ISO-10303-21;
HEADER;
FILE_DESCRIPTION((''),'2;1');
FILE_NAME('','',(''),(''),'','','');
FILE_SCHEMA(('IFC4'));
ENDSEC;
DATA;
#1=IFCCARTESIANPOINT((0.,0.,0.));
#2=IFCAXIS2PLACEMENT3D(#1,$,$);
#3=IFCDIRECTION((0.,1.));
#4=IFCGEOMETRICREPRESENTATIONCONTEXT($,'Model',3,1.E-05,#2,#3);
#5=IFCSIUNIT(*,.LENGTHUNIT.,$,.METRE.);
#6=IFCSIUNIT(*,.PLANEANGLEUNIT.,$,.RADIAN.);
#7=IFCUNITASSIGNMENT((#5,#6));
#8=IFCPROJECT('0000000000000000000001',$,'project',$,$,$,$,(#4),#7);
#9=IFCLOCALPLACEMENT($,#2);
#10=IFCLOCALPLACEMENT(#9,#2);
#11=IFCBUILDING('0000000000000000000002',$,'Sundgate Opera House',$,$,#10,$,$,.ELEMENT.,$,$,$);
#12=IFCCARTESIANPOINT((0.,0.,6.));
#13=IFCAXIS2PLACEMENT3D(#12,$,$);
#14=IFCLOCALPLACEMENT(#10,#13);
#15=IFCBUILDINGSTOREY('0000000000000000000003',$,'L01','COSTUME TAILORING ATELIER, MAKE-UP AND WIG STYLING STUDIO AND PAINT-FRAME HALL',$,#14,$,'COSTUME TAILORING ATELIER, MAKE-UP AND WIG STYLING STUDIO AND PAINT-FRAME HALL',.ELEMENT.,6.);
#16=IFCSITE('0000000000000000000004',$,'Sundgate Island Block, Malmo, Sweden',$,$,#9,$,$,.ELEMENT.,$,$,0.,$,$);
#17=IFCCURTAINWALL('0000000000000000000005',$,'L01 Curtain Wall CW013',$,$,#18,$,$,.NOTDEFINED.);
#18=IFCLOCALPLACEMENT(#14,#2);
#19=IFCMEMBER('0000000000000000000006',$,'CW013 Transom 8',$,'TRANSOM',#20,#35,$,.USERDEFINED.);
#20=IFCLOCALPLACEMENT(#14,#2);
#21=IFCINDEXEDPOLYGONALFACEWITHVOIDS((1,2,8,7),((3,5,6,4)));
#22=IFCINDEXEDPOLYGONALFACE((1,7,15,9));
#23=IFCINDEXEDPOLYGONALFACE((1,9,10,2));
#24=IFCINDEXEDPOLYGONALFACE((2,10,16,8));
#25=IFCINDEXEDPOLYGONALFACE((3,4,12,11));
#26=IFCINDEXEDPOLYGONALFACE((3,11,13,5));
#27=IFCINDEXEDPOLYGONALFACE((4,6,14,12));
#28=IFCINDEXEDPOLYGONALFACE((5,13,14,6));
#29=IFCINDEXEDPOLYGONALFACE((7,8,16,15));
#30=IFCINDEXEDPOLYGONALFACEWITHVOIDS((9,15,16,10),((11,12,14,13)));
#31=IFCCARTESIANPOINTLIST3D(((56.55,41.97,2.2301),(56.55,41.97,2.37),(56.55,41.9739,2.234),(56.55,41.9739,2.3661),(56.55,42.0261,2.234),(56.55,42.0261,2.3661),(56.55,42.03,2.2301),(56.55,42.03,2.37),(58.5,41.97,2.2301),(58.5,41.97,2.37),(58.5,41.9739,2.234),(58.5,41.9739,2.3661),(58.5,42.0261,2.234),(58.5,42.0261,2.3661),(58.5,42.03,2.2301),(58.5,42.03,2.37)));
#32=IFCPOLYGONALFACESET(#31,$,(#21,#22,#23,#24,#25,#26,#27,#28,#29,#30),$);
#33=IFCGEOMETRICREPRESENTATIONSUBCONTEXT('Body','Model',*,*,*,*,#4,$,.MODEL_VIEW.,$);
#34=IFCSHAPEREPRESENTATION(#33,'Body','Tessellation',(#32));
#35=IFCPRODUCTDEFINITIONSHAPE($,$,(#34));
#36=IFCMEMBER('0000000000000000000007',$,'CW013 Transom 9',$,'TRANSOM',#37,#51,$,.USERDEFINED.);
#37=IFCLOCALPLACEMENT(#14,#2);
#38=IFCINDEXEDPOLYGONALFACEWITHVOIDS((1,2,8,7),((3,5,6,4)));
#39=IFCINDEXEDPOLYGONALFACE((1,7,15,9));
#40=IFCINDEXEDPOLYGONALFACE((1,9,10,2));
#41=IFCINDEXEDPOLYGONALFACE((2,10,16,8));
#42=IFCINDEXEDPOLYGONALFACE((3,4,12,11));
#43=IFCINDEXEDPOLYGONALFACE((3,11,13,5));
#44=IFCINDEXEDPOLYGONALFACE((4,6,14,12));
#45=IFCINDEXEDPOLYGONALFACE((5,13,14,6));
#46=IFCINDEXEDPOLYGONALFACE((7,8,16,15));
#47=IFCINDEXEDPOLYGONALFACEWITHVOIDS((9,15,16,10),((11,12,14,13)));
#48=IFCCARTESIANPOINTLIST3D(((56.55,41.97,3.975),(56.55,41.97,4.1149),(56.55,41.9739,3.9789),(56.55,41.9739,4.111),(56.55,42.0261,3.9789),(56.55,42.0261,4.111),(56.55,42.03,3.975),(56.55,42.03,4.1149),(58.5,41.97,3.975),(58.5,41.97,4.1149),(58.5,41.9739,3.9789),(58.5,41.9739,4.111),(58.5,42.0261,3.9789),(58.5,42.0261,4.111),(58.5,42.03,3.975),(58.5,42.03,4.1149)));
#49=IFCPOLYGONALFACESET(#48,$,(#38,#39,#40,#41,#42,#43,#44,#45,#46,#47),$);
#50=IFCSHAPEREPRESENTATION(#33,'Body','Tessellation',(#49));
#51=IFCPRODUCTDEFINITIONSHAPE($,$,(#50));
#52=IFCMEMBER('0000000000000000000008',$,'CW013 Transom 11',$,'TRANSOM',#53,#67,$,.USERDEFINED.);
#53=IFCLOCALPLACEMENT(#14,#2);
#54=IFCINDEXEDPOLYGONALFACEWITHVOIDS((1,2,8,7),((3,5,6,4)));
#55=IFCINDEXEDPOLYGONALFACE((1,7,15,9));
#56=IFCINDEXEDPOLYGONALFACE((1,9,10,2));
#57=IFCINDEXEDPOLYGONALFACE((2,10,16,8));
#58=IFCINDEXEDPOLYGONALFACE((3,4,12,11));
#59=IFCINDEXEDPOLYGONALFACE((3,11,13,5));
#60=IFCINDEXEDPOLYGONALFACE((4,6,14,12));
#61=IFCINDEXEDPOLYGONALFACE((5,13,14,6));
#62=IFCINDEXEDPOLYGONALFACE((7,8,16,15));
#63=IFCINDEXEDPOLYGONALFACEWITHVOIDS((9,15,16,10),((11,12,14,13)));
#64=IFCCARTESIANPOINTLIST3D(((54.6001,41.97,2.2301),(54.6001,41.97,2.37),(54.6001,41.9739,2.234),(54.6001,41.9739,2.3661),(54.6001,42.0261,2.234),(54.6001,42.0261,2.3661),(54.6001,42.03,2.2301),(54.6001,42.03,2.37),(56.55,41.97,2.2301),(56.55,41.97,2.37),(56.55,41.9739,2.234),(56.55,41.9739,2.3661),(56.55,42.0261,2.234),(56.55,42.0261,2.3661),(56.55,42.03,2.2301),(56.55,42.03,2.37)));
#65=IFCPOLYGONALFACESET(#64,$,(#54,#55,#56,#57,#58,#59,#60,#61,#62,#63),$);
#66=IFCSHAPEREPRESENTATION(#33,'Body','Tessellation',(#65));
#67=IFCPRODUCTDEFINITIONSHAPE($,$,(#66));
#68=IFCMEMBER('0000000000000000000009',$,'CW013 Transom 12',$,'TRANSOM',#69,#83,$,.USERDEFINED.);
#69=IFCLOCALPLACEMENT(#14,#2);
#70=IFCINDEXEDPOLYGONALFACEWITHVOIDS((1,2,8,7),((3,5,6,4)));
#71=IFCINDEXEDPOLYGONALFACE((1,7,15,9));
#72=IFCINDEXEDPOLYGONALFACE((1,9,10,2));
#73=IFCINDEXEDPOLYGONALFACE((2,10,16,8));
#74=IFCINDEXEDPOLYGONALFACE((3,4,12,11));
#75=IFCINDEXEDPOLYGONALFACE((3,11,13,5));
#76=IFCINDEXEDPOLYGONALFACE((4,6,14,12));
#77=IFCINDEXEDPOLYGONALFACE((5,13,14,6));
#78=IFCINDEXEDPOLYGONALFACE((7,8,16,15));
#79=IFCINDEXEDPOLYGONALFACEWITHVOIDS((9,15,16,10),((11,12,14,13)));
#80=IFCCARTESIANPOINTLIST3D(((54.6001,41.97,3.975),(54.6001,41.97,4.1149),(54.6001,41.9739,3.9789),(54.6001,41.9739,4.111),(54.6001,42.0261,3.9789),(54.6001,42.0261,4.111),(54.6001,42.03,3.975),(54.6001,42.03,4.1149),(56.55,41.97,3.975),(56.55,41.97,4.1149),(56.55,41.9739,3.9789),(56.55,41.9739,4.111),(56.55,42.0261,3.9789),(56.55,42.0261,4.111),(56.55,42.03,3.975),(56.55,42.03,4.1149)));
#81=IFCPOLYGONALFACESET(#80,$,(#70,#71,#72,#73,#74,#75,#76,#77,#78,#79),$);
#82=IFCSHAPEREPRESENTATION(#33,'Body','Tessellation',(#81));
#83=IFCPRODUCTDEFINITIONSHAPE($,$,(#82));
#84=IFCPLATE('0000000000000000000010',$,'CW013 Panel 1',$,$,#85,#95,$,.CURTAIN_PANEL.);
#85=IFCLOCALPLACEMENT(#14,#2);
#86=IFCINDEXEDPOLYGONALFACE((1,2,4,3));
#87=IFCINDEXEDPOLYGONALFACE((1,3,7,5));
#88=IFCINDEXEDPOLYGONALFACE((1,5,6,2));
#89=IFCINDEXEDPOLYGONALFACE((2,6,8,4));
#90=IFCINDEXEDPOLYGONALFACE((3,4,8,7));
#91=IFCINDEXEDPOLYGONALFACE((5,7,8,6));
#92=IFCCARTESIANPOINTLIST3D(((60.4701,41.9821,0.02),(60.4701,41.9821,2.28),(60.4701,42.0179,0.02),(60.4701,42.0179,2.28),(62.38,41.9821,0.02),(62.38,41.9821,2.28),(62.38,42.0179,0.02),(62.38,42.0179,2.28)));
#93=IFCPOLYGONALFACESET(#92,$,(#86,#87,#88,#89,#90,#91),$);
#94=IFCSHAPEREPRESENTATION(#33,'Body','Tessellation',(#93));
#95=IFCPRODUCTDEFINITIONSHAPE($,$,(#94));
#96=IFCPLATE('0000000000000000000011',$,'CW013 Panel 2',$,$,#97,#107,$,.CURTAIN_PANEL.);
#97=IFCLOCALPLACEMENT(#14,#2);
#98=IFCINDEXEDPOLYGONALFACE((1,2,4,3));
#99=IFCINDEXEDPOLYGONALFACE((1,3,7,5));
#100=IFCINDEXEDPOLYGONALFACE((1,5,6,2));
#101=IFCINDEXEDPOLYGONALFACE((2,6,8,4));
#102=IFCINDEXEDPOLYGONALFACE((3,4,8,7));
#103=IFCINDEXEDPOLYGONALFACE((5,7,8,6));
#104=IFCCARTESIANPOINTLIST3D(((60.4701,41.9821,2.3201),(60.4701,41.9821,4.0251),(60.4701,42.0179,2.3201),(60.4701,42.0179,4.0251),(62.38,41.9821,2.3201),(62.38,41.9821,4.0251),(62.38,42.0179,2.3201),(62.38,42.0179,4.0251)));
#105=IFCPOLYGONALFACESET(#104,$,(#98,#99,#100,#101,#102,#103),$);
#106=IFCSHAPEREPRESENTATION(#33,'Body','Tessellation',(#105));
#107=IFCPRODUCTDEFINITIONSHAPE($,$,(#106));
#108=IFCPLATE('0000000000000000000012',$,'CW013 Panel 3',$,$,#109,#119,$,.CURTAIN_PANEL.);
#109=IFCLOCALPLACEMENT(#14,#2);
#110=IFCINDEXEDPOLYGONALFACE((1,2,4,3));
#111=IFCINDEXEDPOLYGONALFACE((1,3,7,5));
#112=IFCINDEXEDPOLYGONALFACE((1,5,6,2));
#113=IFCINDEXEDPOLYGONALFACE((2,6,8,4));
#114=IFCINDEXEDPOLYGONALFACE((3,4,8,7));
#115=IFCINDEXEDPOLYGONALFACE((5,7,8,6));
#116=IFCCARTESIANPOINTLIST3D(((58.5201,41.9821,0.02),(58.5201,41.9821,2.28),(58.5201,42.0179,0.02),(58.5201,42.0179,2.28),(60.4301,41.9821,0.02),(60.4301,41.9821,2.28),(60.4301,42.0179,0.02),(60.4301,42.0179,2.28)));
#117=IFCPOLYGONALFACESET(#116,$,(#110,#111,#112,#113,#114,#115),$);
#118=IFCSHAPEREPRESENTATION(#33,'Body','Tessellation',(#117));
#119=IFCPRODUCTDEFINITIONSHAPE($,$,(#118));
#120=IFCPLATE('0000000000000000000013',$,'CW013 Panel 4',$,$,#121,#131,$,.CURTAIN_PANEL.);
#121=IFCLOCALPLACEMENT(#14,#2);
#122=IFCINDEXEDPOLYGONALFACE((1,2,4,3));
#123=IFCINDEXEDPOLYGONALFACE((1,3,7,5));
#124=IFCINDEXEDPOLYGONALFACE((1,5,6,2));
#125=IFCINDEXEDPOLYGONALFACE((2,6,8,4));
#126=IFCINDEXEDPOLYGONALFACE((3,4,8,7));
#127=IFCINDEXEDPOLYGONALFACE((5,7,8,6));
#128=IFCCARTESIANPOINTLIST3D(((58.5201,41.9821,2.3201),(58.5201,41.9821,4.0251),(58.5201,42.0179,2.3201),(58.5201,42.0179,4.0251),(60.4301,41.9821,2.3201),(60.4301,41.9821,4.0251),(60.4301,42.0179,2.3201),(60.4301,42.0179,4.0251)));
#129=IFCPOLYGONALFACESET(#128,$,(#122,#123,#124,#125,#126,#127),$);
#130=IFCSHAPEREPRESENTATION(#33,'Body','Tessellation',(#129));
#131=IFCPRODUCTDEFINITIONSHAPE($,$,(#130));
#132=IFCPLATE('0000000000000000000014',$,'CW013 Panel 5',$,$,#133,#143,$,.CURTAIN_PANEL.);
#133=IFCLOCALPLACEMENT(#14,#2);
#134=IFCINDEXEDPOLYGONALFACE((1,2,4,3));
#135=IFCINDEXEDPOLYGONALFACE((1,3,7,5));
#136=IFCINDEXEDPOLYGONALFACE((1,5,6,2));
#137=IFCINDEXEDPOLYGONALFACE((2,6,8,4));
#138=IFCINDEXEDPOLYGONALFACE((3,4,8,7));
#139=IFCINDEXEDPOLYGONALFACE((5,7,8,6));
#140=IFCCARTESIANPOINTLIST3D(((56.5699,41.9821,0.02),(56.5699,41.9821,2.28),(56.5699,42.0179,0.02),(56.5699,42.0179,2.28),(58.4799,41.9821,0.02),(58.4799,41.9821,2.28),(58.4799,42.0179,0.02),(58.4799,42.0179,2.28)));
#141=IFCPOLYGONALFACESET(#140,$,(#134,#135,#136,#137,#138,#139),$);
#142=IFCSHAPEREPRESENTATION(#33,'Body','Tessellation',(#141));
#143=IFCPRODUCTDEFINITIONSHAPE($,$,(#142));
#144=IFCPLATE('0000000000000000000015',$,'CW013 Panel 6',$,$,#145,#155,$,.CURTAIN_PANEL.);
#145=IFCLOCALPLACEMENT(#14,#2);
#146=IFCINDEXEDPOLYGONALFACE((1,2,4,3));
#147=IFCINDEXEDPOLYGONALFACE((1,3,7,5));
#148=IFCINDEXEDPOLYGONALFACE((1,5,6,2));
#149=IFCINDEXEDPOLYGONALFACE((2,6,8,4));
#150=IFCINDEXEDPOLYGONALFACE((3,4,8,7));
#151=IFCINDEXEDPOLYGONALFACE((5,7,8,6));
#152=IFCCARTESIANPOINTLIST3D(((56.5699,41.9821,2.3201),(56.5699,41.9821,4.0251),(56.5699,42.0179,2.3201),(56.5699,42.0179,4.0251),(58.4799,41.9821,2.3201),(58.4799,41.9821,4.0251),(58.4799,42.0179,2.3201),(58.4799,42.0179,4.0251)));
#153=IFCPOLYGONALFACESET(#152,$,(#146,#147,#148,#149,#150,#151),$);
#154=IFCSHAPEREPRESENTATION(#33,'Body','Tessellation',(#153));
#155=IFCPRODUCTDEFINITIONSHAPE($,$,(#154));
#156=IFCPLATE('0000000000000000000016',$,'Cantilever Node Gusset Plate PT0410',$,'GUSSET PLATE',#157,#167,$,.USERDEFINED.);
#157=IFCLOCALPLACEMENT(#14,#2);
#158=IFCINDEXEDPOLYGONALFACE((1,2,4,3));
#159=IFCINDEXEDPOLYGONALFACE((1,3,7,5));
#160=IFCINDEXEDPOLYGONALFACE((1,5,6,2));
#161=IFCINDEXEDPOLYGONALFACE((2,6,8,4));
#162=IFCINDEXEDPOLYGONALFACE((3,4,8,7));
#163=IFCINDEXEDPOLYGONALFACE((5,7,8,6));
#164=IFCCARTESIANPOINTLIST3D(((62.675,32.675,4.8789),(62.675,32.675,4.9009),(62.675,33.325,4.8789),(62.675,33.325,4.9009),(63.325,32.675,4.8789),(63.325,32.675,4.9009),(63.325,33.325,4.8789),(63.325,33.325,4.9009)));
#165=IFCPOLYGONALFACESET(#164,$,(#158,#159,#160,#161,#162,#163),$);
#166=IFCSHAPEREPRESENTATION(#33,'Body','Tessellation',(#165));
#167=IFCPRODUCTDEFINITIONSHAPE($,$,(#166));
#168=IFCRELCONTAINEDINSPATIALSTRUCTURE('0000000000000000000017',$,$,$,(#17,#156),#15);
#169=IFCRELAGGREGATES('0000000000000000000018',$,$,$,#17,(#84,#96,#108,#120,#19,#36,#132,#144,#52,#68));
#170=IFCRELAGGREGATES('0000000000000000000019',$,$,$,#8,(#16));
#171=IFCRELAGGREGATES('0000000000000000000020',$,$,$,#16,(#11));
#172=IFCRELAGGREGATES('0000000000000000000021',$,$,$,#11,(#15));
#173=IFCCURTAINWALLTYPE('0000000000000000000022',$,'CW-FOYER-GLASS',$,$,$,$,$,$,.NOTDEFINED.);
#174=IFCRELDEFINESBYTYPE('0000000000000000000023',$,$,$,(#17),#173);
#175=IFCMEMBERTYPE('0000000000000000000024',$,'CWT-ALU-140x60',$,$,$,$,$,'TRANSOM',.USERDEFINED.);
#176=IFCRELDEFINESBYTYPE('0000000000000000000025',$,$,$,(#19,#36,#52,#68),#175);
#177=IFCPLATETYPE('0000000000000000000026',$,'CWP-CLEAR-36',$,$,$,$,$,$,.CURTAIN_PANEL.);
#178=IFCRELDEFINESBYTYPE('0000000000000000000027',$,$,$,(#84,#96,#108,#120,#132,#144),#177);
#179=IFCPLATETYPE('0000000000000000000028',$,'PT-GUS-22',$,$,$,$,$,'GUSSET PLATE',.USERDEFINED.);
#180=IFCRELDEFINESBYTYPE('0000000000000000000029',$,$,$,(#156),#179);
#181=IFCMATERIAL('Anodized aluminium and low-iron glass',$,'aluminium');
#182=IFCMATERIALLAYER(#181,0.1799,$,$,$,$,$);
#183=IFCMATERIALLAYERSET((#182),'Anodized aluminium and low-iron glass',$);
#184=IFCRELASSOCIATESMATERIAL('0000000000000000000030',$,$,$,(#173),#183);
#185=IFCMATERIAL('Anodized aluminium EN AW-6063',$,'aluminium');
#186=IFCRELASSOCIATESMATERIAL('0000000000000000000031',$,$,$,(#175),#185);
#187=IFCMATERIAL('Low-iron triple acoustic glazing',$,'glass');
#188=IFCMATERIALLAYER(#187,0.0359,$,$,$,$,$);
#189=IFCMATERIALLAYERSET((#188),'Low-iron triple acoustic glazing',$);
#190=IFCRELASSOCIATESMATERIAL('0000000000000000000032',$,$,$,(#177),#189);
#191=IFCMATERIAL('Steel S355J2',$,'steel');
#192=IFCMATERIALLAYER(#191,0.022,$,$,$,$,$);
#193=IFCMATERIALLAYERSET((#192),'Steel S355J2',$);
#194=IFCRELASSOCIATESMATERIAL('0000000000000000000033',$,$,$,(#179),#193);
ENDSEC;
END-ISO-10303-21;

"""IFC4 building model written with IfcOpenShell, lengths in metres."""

from ifc_helpers import new_model, si_unit, direction, frame, origin, origin_2d, place, context, subcontext, project, spatial, rectangle, hollow_rectangle, extrude, material, layer, layer_set, material_profile, profile_set, type_object, element, aggregate, save


model = new_model("IFC4")

# Units and contexts
model_context = context("Model", 3, precision=1e-05, world=origin(), true_north=direction((0.0, 1.0)))
body_context = subcontext(model_context, "Body", "Model", "MODEL_VIEW")
ifc_project = project(units=[si_unit("LENGTHUNIT", "METRE"), si_unit("PLANEANGLEUNIT", "RADIAN")], contexts=[model_context])

# Site, building, storey
site_placement = place(None, origin())
site = spatial("IfcSite", under=ifc_project, at=site_placement, Name="Sundgate Island Block, Malmo, Sweden", CompositionType="ELEMENT", RefElevation=0.0)
building_placement = place(site_placement, origin())
building = spatial("IfcBuilding", under=site, at=building_placement, Name="Sundgate Opera House", CompositionType="ELEMENT")
storey_placement = place(building_placement, frame((0.0, 0.0, 6.0)))
storey = spatial("IfcBuildingStorey", under=building, at=storey_placement, Name="L01", Description="COSTUME TAILORING ATELIER, MAKE-UP AND WIG STYLING STUDIO AND PAINT-FRAME HALL", LongName="COSTUME TAILORING ATELIER, MAKE-UP AND WIG STYLING STUDIO AND PAINT-FRAME HALL", CompositionType="ELEMENT", Elevation=6.0)

# Curtain wall, members, plates
ifc_material_1 = material(Name="Anodized aluminium and low-iron glass", Category="aluminium")
ifc_layer_1 = layer(ifc_material_1, 0.1799)
ifc_layer_set_1 = layer_set([ifc_layer_1], Name="Anodized aluminium and low-iron glass")
curtain_wall_type = type_object("IfcCurtainWallType", Name="CW-FOYER-GLASS", PredefinedType="NOTDEFINED", material=ifc_layer_set_1)
curtain_wall_placement = place(storey_placement, origin())
curtain_wall = element("IfcCurtainWall", 1, at=curtain_wall_placement, inside=storey, type_object=curtain_wall_type, Name="L01 Curtain Wall CW013", PredefinedType="NOTDEFINED")
ifc_material_2 = material(Name="Anodized aluminium EN AW-6063", Category="aluminium")
ifc_material_profile_1 = material_profile(ifc_material_2, hollow_rectangle(XDim=0.0601, YDim=0.1399, WallThickness=0.0039, at=origin_2d()), Name="CWT 140x60x4")
ifc_profile_set_1 = profile_set([ifc_material_profile_1], Name="Anodized aluminium EN AW-6063")
member_type_1 = type_object("IfcMemberType", Name="CWT-ALU-140x60", ElementType="TRANSOM", PredefinedType="USERDEFINED", material=ifc_profile_set_1)
member_1_placement = place(storey_placement, frame((58.5, 42.0, 2.3), z_axis=(-1.0, 0.0, 0.0), x_axis=(0.0, -1.0, 0.0)))
member_1 = element("IfcMember", 2, at=member_1_placement, type_object=member_type_1, Name="CW013 Transom 8", ObjectType="TRANSOM", PredefinedType="USERDEFINED", context=body_context, shape_type="SweptSolid", body=[
    extrude(hollow_rectangle(XDim=0.0601, YDim=0.1399, WallThickness=0.0039, at=origin_2d()), origin(), (0.0, 0.0, 1.0), 1.95),
])
member_2_placement = place(storey_placement, frame((58.5, 42.0, 4.0449), z_axis=(-1.0, 0.0, 0.0), x_axis=(0.0, -1.0, 0.0)))
member_2 = element("IfcMember", 3, at=member_2_placement, type_object=member_type_1, Name="CW013 Transom 9", ObjectType="TRANSOM", PredefinedType="USERDEFINED", context=body_context, shape_type="SweptSolid", body=[
    extrude(hollow_rectangle(XDim=0.0601, YDim=0.1399, WallThickness=0.0039, at=origin_2d()), origin(), (0.0, 0.0, 1.0), 1.95),
])
member_3_placement = place(storey_placement, frame((56.55, 42.0, 2.3), z_axis=(-1.0, 0.0, 0.0), x_axis=(0.0, -1.0, 0.0)))
member_3 = element("IfcMember", 4, at=member_3_placement, type_object=member_type_1, Name="CW013 Transom 11", ObjectType="TRANSOM", PredefinedType="USERDEFINED", context=body_context, shape_type="SweptSolid", body=[
    extrude(hollow_rectangle(XDim=0.0601, YDim=0.1399, WallThickness=0.0039, at=origin_2d()), origin(), (0.0, 0.0, 1.0), 1.95),
])
member_4_placement = place(storey_placement, frame((56.55, 42.0, 4.0449), z_axis=(-1.0, 0.0, 0.0), x_axis=(0.0, -1.0, 0.0)))
member_4 = element("IfcMember", 5, at=member_4_placement, type_object=member_type_1, Name="CW013 Transom 12", ObjectType="TRANSOM", PredefinedType="USERDEFINED", context=body_context, shape_type="SweptSolid", body=[
    extrude(hollow_rectangle(XDim=0.0601, YDim=0.1399, WallThickness=0.0039, at=origin_2d()), origin(), (0.0, 0.0, 1.0), 1.95),
])
ifc_material_3 = material(Name="Low-iron triple acoustic glazing", Category="glass")
ifc_layer_2 = layer(ifc_material_3, 0.0359)
ifc_layer_set_2 = layer_set([ifc_layer_2], Name="Low-iron triple acoustic glazing")
plate_type_1 = type_object("IfcPlateType", Name="CWP-CLEAR-36", PredefinedType="CURTAIN_PANEL", material=ifc_layer_set_2)
plate_1_placement = place(storey_placement, frame((61.425, 42.0, 0.02), z_axis=(0.0, 0.0, 1.0), x_axis=(-1.0, 0.0, 0.0)))
plate_1 = element("IfcPlate", 6, at=plate_1_placement, type_object=plate_type_1, Name="CW013 Panel 1", PredefinedType="CURTAIN_PANEL", context=body_context, shape_type="SweptSolid", body=[
    extrude(rectangle(XDim=1.9099, YDim=0.0359, at=origin_2d()), origin(), (0.0, 0.0, 1.0), 2.26),
])
plate_2_placement = place(storey_placement, frame((61.425, 42.0, 2.3201), z_axis=(0.0, 0.0, 1.0), x_axis=(-1.0, 0.0, 0.0)))
plate_2 = element("IfcPlate", 7, at=plate_2_placement, type_object=plate_type_1, Name="CW013 Panel 2", PredefinedType="CURTAIN_PANEL", context=body_context, shape_type="SweptSolid", body=[
    extrude(rectangle(XDim=1.9099, YDim=0.0359, at=origin_2d()), origin(), (0.0, 0.0, 1.0), 1.7051),
])
plate_3_placement = place(storey_placement, frame((59.4751, 42.0, 0.02), z_axis=(0.0, 0.0, 1.0), x_axis=(-1.0, 0.0, 0.0)))
plate_3 = element("IfcPlate", 8, at=plate_3_placement, type_object=plate_type_1, Name="CW013 Panel 3", PredefinedType="CURTAIN_PANEL", context=body_context, shape_type="SweptSolid", body=[
    extrude(rectangle(XDim=1.9099, YDim=0.0359, at=origin_2d()), origin(), (0.0, 0.0, 1.0), 2.26),
])
plate_4_placement = place(storey_placement, frame((59.4751, 42.0, 2.3201), z_axis=(0.0, 0.0, 1.0), x_axis=(-1.0, 0.0, 0.0)))
plate_4 = element("IfcPlate", 9, at=plate_4_placement, type_object=plate_type_1, Name="CW013 Panel 4", PredefinedType="CURTAIN_PANEL", context=body_context, shape_type="SweptSolid", body=[
    extrude(rectangle(XDim=1.9099, YDim=0.0359, at=origin_2d()), origin(), (0.0, 0.0, 1.0), 1.7051),
])
plate_5_placement = place(storey_placement, frame((57.5249, 42.0, 0.02), z_axis=(0.0, 0.0, 1.0), x_axis=(-1.0, 0.0, 0.0)))
plate_5 = element("IfcPlate", 10, at=plate_5_placement, type_object=plate_type_1, Name="CW013 Panel 5", PredefinedType="CURTAIN_PANEL", context=body_context, shape_type="SweptSolid", body=[
    extrude(rectangle(XDim=1.9099, YDim=0.0359, at=origin_2d()), origin(), (0.0, 0.0, 1.0), 2.26),
])
plate_6_placement = place(storey_placement, frame((57.5249, 42.0, 2.3201), z_axis=(0.0, 0.0, 1.0), x_axis=(-1.0, 0.0, 0.0)))
plate_6 = element("IfcPlate", 11, at=plate_6_placement, type_object=plate_type_1, Name="CW013 Panel 6", PredefinedType="CURTAIN_PANEL", context=body_context, shape_type="SweptSolid", body=[
    extrude(rectangle(XDim=1.9099, YDim=0.0359, at=origin_2d()), origin(), (0.0, 0.0, 1.0), 1.7051),
])
aggregate(curtain_wall, [plate_1, plate_2, plate_3, plate_4, member_1, member_2, plate_5, plate_6, member_3, member_4])

# Plate
ifc_material_4 = material(Name="Steel S355J2", Category="steel")
ifc_layer_3 = layer(ifc_material_4, 0.022)
ifc_layer_set_3 = layer_set([ifc_layer_3], Name="Steel S355J2")
plate_type_2 = type_object("IfcPlateType", Name="PT-GUS-22", ElementType="GUSSET PLATE", PredefinedType="USERDEFINED", material=ifc_layer_set_3)
plate_7_placement = place(storey_placement, frame((63.0, 33.0, 4.8789), z_axis=(0.0, 0.0, 1.0), x_axis=(1.0, 0.0, 0.0)))
element("IfcPlate", 12, at=plate_7_placement, inside=storey, type_object=plate_type_2, Name="Cantilever Node Gusset Plate PT0410", ObjectType="GUSSET PLATE", PredefinedType="USERDEFINED", context=body_context, shape_type="SweptSolid", body=[
    extrude(rectangle(XDim=0.6499, YDim=0.6499, at=origin_2d()), origin(), (0.0, 0.0, 1.0), 0.022),
])

save(model, "model.ifc")
